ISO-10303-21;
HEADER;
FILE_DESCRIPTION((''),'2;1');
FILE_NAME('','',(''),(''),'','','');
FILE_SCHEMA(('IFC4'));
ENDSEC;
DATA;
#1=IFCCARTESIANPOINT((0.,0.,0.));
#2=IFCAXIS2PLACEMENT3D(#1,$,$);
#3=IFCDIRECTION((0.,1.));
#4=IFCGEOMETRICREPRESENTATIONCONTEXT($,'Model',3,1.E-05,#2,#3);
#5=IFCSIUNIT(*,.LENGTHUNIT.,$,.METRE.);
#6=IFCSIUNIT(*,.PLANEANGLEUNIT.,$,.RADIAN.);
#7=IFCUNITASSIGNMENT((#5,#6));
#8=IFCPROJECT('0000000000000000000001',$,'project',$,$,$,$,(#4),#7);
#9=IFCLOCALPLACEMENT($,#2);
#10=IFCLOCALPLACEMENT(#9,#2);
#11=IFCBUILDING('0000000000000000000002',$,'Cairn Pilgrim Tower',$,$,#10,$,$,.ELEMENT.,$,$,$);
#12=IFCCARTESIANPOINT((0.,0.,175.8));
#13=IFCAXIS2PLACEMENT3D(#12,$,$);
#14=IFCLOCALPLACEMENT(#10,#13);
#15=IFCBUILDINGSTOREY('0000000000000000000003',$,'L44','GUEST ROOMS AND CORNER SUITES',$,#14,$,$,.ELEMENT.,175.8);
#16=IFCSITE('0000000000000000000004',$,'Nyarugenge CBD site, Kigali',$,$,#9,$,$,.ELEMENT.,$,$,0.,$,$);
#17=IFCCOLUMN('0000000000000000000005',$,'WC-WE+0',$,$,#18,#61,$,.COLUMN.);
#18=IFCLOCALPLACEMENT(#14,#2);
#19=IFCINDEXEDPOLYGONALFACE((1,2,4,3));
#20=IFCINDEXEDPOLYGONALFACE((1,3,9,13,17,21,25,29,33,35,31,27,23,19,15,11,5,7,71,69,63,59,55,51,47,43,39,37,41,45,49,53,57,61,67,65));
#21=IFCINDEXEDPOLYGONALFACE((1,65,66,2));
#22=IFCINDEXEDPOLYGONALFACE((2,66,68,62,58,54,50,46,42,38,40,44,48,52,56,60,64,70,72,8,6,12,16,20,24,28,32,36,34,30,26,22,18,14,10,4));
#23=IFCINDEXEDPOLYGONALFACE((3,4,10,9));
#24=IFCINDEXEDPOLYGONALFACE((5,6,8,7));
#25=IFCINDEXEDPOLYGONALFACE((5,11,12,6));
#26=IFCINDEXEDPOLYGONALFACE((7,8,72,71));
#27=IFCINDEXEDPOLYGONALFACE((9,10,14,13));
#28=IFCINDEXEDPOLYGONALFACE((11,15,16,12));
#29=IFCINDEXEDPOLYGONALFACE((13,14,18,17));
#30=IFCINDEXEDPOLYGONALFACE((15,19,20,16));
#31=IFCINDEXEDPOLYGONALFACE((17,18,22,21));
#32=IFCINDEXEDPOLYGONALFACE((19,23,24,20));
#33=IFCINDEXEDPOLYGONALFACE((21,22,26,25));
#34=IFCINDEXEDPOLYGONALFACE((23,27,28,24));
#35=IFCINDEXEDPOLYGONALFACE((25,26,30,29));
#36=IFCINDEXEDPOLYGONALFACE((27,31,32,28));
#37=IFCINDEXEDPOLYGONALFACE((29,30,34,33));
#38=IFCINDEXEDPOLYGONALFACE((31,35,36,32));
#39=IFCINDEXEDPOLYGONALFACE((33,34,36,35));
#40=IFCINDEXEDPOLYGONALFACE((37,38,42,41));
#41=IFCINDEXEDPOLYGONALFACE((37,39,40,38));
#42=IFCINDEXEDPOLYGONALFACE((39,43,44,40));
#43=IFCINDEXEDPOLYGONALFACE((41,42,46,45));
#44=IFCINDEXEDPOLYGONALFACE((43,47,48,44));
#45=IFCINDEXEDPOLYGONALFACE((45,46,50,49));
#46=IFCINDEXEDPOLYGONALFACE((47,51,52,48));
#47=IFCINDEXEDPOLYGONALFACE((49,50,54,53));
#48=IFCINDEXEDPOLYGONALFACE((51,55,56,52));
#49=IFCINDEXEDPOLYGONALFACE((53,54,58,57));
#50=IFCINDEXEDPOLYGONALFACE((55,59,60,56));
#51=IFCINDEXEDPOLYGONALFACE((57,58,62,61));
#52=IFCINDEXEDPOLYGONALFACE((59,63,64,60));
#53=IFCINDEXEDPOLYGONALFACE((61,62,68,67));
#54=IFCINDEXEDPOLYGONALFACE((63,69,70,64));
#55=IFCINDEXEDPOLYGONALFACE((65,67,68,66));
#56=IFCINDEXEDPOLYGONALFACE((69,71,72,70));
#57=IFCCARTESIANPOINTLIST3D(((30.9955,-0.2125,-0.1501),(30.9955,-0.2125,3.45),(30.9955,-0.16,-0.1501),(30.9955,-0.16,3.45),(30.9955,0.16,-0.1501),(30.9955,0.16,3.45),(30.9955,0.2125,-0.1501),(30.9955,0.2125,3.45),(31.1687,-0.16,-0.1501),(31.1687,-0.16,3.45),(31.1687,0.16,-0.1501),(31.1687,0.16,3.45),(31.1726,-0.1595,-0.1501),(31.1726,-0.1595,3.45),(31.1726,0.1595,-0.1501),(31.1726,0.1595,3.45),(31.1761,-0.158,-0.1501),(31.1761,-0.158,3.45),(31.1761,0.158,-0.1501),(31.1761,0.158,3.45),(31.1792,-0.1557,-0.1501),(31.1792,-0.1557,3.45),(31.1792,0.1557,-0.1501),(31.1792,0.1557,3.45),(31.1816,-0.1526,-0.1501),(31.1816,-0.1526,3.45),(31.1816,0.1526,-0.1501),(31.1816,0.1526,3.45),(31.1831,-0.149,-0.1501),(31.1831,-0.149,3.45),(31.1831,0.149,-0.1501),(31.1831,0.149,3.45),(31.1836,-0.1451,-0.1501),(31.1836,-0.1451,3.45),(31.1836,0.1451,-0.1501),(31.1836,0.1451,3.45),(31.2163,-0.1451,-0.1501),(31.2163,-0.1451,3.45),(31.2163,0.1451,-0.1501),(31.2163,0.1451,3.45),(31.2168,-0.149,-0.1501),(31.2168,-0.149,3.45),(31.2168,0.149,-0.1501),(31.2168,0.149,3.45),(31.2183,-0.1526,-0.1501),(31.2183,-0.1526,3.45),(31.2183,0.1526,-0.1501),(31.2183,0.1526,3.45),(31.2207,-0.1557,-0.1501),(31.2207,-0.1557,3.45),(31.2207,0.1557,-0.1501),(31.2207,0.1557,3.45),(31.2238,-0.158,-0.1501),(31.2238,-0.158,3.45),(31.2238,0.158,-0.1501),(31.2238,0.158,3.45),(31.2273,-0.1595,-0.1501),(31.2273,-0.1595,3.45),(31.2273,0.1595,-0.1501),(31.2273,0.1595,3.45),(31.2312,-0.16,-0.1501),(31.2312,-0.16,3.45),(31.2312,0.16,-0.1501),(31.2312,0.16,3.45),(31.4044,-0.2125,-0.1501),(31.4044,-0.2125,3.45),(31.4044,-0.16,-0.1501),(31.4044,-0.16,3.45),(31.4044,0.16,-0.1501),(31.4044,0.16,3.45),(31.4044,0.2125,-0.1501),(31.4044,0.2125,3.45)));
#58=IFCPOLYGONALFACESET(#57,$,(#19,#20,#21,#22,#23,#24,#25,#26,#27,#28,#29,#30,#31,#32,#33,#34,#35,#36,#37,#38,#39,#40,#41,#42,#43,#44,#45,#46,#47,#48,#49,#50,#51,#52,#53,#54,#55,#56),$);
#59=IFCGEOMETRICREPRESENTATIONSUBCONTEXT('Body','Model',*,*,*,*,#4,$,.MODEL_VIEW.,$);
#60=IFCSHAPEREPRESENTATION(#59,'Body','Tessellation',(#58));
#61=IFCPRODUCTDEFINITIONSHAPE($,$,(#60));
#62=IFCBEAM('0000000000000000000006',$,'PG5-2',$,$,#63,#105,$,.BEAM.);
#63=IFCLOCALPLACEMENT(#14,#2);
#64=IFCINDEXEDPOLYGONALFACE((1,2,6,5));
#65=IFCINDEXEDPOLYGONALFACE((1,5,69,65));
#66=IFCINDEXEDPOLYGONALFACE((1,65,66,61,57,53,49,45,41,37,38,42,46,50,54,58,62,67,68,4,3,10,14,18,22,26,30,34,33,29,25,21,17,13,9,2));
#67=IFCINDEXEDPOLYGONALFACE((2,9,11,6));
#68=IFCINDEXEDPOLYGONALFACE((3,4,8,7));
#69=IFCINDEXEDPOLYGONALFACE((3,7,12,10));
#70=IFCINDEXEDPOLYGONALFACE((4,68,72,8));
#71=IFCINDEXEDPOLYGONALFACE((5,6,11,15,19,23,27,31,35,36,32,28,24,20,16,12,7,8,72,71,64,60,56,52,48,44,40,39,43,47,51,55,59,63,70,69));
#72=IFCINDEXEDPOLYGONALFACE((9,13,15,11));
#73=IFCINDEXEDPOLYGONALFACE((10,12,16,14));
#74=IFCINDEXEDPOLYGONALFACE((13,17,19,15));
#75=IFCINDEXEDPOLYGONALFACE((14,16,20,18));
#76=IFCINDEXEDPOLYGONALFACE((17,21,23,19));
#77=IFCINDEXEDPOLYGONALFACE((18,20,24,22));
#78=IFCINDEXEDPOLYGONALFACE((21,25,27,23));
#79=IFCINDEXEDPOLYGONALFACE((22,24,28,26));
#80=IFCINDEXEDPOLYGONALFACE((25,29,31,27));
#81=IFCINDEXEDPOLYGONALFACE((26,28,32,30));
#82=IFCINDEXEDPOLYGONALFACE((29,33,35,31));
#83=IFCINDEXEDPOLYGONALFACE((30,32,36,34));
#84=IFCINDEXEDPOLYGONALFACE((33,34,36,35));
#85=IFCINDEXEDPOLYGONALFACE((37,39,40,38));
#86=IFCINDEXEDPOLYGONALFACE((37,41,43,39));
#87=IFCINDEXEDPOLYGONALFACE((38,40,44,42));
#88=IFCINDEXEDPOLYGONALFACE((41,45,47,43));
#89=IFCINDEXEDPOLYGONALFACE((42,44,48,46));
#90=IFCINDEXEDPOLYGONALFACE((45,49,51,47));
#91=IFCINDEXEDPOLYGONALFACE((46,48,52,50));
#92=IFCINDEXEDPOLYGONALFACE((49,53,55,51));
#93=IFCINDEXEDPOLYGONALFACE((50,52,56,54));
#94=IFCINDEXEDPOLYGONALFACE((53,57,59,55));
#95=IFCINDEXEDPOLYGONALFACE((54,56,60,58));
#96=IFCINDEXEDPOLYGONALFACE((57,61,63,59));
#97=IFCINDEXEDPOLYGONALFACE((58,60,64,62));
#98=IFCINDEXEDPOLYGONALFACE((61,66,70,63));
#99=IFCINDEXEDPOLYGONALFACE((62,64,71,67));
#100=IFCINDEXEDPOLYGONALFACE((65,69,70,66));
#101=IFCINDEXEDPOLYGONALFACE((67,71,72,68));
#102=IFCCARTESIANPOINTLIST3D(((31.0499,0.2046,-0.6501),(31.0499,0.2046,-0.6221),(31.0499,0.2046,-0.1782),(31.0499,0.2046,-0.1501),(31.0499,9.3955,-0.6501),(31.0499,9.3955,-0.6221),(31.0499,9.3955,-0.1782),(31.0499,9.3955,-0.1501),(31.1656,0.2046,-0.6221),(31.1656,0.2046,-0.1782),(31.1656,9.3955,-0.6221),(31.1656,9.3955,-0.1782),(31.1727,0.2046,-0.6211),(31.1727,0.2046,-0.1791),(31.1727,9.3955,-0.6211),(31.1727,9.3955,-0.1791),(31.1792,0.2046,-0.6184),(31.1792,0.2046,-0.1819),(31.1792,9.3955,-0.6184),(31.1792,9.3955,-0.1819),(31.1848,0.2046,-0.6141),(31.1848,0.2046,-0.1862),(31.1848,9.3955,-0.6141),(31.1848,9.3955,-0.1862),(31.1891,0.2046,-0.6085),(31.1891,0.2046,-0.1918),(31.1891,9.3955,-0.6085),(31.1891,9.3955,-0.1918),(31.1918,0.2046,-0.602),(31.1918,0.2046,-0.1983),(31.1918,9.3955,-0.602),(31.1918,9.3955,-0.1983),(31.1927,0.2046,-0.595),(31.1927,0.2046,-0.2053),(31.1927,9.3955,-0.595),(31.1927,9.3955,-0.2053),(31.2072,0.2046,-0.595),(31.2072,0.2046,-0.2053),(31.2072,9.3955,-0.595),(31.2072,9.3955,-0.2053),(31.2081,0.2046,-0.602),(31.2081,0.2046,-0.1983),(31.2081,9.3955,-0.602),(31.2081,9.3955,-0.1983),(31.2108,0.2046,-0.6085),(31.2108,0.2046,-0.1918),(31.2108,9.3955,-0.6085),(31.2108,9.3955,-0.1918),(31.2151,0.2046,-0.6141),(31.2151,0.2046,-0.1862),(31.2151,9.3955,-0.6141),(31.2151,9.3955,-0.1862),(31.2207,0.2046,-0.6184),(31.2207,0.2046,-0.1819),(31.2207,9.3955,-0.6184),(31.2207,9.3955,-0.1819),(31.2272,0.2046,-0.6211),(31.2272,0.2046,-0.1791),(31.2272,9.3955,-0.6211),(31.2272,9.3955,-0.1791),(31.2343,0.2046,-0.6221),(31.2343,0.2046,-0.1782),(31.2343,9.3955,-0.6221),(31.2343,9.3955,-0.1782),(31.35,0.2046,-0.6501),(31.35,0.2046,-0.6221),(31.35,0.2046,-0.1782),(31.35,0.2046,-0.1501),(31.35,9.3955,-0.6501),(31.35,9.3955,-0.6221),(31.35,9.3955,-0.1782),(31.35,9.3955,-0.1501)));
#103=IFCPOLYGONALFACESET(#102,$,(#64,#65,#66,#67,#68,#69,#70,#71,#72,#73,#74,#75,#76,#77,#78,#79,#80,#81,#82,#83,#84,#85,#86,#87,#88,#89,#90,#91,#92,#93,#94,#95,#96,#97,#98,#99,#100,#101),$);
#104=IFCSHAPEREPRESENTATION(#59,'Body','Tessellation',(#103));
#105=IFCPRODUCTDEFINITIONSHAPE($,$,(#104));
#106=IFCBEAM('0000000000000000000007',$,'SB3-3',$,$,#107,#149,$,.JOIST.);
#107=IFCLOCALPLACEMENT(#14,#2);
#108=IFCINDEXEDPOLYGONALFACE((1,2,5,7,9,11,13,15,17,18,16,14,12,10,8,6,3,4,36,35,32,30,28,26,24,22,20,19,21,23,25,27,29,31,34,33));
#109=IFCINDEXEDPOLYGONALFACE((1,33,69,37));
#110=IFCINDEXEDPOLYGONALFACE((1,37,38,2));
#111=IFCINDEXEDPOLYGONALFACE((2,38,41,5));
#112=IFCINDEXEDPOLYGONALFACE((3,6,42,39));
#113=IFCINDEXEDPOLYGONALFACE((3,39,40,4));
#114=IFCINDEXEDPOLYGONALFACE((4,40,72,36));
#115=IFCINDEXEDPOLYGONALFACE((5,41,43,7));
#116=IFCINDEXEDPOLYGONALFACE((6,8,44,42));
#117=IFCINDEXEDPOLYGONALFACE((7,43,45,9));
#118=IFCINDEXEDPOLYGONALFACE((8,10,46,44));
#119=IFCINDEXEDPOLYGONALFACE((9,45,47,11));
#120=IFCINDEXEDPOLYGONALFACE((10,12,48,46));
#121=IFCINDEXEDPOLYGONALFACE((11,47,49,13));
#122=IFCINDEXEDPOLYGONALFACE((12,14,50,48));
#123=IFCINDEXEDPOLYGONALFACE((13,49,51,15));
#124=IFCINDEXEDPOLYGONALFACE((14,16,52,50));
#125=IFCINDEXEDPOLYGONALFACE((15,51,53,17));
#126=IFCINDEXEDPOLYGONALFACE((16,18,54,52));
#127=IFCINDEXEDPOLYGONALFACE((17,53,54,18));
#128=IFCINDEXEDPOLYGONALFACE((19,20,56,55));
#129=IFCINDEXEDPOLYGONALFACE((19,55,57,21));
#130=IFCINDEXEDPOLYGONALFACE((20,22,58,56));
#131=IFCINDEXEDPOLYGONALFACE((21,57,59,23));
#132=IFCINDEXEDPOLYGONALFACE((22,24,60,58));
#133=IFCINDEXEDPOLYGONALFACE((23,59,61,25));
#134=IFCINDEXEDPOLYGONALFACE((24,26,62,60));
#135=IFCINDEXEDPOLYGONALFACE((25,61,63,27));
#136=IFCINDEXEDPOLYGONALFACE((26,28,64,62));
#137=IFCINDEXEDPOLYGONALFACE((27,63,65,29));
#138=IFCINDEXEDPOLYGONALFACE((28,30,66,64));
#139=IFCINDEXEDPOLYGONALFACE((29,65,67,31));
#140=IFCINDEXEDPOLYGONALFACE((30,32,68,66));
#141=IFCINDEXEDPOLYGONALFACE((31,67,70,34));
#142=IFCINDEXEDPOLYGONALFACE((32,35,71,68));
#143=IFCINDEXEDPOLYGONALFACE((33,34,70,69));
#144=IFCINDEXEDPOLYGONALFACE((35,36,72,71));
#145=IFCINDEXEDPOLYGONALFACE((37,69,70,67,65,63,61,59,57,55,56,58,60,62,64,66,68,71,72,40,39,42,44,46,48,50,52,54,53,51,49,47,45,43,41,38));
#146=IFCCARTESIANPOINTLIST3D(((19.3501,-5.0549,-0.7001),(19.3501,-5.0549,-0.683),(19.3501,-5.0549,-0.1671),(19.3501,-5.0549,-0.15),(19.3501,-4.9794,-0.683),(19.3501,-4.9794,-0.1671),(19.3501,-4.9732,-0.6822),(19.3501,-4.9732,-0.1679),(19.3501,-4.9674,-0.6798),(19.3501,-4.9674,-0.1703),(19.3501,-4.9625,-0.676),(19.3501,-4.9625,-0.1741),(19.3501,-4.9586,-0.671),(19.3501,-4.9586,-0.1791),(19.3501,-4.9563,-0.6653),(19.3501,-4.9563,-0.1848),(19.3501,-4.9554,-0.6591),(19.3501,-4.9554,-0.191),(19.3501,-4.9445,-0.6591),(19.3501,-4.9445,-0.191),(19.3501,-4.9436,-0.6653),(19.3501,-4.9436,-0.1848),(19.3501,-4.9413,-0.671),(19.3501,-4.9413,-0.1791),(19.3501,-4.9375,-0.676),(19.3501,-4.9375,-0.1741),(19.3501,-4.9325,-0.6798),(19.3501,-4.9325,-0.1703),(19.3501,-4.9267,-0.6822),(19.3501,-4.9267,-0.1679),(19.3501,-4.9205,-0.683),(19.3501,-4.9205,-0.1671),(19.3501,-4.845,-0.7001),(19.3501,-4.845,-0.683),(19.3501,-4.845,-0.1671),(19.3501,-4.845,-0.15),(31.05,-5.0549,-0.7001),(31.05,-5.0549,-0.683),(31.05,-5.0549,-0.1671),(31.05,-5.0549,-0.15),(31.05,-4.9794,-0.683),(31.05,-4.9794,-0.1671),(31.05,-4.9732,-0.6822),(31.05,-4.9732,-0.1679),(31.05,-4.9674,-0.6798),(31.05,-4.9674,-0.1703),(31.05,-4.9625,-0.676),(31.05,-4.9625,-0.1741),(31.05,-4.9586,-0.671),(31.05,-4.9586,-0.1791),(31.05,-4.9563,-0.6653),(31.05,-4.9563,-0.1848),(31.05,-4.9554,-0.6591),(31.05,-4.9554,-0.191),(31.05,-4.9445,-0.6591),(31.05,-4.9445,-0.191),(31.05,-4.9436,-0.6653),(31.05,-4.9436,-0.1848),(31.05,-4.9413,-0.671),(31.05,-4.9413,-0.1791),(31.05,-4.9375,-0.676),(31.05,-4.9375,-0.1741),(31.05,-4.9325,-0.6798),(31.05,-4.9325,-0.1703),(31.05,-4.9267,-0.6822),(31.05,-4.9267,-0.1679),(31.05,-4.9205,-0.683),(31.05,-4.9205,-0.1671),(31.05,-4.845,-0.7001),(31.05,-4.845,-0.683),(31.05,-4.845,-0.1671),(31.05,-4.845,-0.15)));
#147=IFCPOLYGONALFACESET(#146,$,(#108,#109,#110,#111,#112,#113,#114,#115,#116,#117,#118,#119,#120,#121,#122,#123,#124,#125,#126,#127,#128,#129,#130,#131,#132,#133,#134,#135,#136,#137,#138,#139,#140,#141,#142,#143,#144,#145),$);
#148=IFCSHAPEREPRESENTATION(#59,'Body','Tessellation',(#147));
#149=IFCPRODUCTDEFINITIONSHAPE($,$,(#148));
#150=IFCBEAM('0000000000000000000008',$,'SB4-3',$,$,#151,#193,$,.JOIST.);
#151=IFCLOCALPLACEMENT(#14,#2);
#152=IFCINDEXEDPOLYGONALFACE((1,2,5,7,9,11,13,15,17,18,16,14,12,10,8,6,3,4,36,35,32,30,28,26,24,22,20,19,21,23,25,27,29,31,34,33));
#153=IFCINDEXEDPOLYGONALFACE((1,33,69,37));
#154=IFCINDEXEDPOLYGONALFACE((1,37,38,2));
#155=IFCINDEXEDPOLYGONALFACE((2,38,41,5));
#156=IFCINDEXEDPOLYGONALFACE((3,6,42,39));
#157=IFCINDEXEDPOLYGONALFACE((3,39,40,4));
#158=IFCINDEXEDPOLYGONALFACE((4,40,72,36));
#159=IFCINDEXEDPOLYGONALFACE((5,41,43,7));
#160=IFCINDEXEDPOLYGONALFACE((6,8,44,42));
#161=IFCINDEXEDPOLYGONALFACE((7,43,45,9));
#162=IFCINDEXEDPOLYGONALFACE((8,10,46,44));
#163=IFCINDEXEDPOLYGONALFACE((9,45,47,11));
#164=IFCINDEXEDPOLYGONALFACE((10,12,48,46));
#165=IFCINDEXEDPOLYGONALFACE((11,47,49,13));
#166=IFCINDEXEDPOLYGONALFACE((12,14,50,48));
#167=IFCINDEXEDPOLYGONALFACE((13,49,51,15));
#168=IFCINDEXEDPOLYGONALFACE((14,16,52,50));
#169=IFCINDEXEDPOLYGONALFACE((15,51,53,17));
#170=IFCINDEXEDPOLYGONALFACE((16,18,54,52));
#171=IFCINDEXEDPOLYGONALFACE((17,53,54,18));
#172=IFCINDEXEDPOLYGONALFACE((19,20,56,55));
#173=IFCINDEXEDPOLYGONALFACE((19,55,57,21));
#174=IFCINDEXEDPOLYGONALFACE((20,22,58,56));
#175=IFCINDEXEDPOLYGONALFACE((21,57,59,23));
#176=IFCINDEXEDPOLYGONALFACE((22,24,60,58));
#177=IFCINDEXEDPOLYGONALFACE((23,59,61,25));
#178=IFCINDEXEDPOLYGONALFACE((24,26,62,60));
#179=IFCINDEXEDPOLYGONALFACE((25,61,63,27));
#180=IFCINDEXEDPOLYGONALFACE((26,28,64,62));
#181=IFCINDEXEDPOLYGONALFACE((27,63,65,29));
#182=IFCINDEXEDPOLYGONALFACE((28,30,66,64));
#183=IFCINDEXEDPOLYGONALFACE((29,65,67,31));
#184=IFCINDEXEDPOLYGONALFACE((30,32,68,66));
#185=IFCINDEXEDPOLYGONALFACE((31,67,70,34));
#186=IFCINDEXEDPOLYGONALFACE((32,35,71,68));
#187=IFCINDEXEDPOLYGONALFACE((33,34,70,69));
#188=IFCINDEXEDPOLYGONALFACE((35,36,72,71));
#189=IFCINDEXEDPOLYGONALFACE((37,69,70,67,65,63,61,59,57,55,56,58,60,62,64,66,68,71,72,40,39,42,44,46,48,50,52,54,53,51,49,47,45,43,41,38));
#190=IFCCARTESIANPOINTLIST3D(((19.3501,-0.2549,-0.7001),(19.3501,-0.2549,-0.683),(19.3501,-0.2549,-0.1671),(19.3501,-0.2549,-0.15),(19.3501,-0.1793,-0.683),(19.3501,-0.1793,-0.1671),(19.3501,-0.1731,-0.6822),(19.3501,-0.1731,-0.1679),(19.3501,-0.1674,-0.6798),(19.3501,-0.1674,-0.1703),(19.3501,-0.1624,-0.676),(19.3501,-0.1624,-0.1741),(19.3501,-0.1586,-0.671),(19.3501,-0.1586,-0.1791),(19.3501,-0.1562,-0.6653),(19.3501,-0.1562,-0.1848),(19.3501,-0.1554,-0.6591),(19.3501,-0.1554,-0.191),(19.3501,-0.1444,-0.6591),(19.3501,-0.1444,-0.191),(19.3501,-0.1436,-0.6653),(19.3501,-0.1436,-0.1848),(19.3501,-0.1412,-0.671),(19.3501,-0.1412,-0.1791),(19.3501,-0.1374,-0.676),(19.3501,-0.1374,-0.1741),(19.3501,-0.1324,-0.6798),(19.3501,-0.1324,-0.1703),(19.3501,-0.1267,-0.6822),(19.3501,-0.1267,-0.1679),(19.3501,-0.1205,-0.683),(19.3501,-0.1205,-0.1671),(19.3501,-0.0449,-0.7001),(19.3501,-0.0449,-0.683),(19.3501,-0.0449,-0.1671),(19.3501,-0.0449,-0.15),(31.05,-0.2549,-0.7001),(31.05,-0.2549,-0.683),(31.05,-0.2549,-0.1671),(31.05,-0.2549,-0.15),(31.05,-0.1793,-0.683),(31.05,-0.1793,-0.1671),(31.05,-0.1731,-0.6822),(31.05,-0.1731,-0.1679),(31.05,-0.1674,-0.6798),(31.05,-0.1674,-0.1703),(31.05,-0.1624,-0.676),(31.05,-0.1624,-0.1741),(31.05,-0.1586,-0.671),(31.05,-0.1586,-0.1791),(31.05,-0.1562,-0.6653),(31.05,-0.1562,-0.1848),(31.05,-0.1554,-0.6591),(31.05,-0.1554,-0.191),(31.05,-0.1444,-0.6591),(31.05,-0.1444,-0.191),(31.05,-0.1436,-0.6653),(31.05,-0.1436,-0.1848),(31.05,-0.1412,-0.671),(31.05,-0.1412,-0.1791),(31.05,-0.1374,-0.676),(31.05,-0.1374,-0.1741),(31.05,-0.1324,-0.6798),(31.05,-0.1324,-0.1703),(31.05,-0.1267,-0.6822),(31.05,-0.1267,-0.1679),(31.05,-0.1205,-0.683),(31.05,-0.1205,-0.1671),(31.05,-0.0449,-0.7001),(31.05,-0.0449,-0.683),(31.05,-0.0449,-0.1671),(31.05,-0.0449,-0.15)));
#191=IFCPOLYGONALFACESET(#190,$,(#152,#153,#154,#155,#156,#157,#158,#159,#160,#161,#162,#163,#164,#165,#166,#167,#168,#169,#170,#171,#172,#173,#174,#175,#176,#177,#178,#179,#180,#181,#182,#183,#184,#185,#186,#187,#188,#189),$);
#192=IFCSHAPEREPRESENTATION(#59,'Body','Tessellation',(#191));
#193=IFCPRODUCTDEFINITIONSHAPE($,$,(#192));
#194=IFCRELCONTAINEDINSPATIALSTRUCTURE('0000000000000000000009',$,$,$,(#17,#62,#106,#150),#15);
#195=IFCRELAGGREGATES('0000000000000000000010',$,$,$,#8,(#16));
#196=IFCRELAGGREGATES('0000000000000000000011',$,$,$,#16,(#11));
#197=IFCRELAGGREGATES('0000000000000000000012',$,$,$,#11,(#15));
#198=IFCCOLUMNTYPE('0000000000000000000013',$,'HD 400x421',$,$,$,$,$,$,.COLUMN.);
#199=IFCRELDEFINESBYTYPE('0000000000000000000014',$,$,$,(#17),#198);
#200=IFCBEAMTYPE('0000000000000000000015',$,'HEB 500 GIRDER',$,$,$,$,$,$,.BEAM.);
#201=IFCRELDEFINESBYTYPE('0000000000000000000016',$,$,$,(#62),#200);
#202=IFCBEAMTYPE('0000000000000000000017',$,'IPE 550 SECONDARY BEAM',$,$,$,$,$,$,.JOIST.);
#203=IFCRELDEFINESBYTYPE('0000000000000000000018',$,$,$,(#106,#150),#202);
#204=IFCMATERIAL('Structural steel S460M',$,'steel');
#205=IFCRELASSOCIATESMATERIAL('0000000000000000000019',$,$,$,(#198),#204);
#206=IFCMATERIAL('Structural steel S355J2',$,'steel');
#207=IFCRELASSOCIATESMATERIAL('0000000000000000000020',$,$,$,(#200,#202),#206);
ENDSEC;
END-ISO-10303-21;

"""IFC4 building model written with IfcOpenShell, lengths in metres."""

from ifc_helpers import new_model, si_unit, direction, frame, origin, origin_2d, place, context, subcontext, project, spatial, i_section, extrude, material, material_profile, profile_set, type_object, element, save


model = new_model("IFC4")

# Units and contexts
model_context = context("Model", 3, precision=1e-05, world=origin(), true_north=direction((0.0, 1.0)))
body_context = subcontext(model_context, "Body", "Model", "MODEL_VIEW")
ifc_project = project(units=[si_unit("LENGTHUNIT", "METRE"), si_unit("PLANEANGLEUNIT", "RADIAN")], contexts=[model_context])

# Site, building, storey
site_placement = place(None, origin())
site = spatial("IfcSite", under=ifc_project, at=site_placement, Name="Nyarugenge CBD site, Kigali", CompositionType="ELEMENT", RefElevation=0.0)
building_placement = place(site_placement, origin())
building = spatial("IfcBuilding", under=site, at=building_placement, Name="Cairn Pilgrim Tower", CompositionType="ELEMENT")
storey_placement = place(building_placement, frame((0.0, 0.0, 175.8)))
storey = spatial("IfcBuildingStorey", under=building, at=storey_placement, Name="L44", Description="GUEST ROOMS AND CORNER SUITES", CompositionType="ELEMENT", Elevation=175.8)

# Column
ifc_material_1 = material(Name="Structural steel S460M", Category="steel")
ifc_material_profile_1 = material_profile(ifc_material_1, i_section(OverallWidth=0.4089, OverallDepth=0.425, WebThickness=0.0327, FlangeThickness=0.0525, FilletRadius=0.0149, at=origin_2d()), Name="HD 400x421")
ifc_profile_set_1 = profile_set([ifc_material_profile_1], Name="Structural steel S460M")
column_type = type_object("IfcColumnType", Name="HD 400x421", PredefinedType="COLUMN", material=ifc_profile_set_1)
column_placement = place(storey_placement, frame((31.2, 0.0, -0.1501), z_axis=(0.0, 0.0, 1.0), x_axis=(1.0, 0.0, 0.0)))
element("IfcColumn", 1, at=column_placement, inside=storey, type_object=column_type, Name="WC-WE+0", PredefinedType="COLUMN", context=body_context, shape_type="SweptSolid", body=[
    extrude(i_section(OverallWidth=0.4089, OverallDepth=0.425, WebThickness=0.0327, FlangeThickness=0.0525, FilletRadius=0.0149, at=origin_2d()), origin(), (0.0, 0.0, 1.0), 3.6001),
])

# Beams
ifc_material_2 = material(Name="Structural steel S355J2", Category="steel")
ifc_material_profile_2 = material_profile(ifc_material_2, i_section(OverallWidth=0.3, OverallDepth=0.5, WebThickness=0.0144, FlangeThickness=0.0281, FilletRadius=0.0271, at=origin_2d()), Name="HEB 500")
ifc_profile_set_2 = profile_set([ifc_material_profile_2], Name="Structural steel S355J2")
beam_type_1 = type_object("IfcBeamType", Name="HEB 500 GIRDER", PredefinedType="BEAM", material=ifc_profile_set_2)
beam_placement = place(storey_placement, frame((31.2, 0.2046, -0.4001), z_axis=(0.0, 1.0, 0.0), x_axis=(-1.0, 0.0, 0.0)))
element("IfcBeam", 2, at=beam_placement, inside=storey, type_object=beam_type_1, Name="PG5-2", PredefinedType="BEAM", context=body_context, shape_type="SweptSolid", body=[
    extrude(i_section(OverallWidth=0.3, OverallDepth=0.5, WebThickness=0.0144, FlangeThickness=0.0281, FilletRadius=0.0271, at=origin_2d()), origin(), (0.0, 0.0, 1.0), 9.1909),
])
ifc_material_profile_3 = material_profile(ifc_material_2, i_section(OverallWidth=0.21, OverallDepth=0.55, WebThickness=0.011, FlangeThickness=0.0171, FilletRadius=0.0239, at=origin_2d()), Name="IPE 550")
ifc_profile_set_3 = profile_set([ifc_material_profile_3], Name="Structural steel S355J2")
beam_type_2 = type_object("IfcBeamType", Name="IPE 550 SECONDARY BEAM", PredefinedType="JOIST", material=ifc_profile_set_3)
for number, where, z_axis, x_axis, name in (
    (3, (19.3501, -4.95, -0.425), (1.0, 0.0, 0.0), (0.0, 1.0, 0.0), "SB3-3"),
    (4, (19.3501, -0.1499, -0.425), (1.0, 0.0, 0.0), (0.0, 1.0, 0.0), "SB4-3"),
):
    element("IfcBeam", number, at=place(storey_placement, frame(where, z_axis=z_axis, x_axis=x_axis)), inside=storey, type_object=beam_type_2, Name=name, PredefinedType="JOIST", context=body_context, shape_type="SweptSolid", body=[
        extrude(i_section(OverallWidth=0.21, OverallDepth=0.55, WebThickness=0.011, FlangeThickness=0.0171, FilletRadius=0.0239, at=origin_2d()), origin(), (0.0, 0.0, 1.0), 11.7),
    ])

save(model, "model.ifc")
